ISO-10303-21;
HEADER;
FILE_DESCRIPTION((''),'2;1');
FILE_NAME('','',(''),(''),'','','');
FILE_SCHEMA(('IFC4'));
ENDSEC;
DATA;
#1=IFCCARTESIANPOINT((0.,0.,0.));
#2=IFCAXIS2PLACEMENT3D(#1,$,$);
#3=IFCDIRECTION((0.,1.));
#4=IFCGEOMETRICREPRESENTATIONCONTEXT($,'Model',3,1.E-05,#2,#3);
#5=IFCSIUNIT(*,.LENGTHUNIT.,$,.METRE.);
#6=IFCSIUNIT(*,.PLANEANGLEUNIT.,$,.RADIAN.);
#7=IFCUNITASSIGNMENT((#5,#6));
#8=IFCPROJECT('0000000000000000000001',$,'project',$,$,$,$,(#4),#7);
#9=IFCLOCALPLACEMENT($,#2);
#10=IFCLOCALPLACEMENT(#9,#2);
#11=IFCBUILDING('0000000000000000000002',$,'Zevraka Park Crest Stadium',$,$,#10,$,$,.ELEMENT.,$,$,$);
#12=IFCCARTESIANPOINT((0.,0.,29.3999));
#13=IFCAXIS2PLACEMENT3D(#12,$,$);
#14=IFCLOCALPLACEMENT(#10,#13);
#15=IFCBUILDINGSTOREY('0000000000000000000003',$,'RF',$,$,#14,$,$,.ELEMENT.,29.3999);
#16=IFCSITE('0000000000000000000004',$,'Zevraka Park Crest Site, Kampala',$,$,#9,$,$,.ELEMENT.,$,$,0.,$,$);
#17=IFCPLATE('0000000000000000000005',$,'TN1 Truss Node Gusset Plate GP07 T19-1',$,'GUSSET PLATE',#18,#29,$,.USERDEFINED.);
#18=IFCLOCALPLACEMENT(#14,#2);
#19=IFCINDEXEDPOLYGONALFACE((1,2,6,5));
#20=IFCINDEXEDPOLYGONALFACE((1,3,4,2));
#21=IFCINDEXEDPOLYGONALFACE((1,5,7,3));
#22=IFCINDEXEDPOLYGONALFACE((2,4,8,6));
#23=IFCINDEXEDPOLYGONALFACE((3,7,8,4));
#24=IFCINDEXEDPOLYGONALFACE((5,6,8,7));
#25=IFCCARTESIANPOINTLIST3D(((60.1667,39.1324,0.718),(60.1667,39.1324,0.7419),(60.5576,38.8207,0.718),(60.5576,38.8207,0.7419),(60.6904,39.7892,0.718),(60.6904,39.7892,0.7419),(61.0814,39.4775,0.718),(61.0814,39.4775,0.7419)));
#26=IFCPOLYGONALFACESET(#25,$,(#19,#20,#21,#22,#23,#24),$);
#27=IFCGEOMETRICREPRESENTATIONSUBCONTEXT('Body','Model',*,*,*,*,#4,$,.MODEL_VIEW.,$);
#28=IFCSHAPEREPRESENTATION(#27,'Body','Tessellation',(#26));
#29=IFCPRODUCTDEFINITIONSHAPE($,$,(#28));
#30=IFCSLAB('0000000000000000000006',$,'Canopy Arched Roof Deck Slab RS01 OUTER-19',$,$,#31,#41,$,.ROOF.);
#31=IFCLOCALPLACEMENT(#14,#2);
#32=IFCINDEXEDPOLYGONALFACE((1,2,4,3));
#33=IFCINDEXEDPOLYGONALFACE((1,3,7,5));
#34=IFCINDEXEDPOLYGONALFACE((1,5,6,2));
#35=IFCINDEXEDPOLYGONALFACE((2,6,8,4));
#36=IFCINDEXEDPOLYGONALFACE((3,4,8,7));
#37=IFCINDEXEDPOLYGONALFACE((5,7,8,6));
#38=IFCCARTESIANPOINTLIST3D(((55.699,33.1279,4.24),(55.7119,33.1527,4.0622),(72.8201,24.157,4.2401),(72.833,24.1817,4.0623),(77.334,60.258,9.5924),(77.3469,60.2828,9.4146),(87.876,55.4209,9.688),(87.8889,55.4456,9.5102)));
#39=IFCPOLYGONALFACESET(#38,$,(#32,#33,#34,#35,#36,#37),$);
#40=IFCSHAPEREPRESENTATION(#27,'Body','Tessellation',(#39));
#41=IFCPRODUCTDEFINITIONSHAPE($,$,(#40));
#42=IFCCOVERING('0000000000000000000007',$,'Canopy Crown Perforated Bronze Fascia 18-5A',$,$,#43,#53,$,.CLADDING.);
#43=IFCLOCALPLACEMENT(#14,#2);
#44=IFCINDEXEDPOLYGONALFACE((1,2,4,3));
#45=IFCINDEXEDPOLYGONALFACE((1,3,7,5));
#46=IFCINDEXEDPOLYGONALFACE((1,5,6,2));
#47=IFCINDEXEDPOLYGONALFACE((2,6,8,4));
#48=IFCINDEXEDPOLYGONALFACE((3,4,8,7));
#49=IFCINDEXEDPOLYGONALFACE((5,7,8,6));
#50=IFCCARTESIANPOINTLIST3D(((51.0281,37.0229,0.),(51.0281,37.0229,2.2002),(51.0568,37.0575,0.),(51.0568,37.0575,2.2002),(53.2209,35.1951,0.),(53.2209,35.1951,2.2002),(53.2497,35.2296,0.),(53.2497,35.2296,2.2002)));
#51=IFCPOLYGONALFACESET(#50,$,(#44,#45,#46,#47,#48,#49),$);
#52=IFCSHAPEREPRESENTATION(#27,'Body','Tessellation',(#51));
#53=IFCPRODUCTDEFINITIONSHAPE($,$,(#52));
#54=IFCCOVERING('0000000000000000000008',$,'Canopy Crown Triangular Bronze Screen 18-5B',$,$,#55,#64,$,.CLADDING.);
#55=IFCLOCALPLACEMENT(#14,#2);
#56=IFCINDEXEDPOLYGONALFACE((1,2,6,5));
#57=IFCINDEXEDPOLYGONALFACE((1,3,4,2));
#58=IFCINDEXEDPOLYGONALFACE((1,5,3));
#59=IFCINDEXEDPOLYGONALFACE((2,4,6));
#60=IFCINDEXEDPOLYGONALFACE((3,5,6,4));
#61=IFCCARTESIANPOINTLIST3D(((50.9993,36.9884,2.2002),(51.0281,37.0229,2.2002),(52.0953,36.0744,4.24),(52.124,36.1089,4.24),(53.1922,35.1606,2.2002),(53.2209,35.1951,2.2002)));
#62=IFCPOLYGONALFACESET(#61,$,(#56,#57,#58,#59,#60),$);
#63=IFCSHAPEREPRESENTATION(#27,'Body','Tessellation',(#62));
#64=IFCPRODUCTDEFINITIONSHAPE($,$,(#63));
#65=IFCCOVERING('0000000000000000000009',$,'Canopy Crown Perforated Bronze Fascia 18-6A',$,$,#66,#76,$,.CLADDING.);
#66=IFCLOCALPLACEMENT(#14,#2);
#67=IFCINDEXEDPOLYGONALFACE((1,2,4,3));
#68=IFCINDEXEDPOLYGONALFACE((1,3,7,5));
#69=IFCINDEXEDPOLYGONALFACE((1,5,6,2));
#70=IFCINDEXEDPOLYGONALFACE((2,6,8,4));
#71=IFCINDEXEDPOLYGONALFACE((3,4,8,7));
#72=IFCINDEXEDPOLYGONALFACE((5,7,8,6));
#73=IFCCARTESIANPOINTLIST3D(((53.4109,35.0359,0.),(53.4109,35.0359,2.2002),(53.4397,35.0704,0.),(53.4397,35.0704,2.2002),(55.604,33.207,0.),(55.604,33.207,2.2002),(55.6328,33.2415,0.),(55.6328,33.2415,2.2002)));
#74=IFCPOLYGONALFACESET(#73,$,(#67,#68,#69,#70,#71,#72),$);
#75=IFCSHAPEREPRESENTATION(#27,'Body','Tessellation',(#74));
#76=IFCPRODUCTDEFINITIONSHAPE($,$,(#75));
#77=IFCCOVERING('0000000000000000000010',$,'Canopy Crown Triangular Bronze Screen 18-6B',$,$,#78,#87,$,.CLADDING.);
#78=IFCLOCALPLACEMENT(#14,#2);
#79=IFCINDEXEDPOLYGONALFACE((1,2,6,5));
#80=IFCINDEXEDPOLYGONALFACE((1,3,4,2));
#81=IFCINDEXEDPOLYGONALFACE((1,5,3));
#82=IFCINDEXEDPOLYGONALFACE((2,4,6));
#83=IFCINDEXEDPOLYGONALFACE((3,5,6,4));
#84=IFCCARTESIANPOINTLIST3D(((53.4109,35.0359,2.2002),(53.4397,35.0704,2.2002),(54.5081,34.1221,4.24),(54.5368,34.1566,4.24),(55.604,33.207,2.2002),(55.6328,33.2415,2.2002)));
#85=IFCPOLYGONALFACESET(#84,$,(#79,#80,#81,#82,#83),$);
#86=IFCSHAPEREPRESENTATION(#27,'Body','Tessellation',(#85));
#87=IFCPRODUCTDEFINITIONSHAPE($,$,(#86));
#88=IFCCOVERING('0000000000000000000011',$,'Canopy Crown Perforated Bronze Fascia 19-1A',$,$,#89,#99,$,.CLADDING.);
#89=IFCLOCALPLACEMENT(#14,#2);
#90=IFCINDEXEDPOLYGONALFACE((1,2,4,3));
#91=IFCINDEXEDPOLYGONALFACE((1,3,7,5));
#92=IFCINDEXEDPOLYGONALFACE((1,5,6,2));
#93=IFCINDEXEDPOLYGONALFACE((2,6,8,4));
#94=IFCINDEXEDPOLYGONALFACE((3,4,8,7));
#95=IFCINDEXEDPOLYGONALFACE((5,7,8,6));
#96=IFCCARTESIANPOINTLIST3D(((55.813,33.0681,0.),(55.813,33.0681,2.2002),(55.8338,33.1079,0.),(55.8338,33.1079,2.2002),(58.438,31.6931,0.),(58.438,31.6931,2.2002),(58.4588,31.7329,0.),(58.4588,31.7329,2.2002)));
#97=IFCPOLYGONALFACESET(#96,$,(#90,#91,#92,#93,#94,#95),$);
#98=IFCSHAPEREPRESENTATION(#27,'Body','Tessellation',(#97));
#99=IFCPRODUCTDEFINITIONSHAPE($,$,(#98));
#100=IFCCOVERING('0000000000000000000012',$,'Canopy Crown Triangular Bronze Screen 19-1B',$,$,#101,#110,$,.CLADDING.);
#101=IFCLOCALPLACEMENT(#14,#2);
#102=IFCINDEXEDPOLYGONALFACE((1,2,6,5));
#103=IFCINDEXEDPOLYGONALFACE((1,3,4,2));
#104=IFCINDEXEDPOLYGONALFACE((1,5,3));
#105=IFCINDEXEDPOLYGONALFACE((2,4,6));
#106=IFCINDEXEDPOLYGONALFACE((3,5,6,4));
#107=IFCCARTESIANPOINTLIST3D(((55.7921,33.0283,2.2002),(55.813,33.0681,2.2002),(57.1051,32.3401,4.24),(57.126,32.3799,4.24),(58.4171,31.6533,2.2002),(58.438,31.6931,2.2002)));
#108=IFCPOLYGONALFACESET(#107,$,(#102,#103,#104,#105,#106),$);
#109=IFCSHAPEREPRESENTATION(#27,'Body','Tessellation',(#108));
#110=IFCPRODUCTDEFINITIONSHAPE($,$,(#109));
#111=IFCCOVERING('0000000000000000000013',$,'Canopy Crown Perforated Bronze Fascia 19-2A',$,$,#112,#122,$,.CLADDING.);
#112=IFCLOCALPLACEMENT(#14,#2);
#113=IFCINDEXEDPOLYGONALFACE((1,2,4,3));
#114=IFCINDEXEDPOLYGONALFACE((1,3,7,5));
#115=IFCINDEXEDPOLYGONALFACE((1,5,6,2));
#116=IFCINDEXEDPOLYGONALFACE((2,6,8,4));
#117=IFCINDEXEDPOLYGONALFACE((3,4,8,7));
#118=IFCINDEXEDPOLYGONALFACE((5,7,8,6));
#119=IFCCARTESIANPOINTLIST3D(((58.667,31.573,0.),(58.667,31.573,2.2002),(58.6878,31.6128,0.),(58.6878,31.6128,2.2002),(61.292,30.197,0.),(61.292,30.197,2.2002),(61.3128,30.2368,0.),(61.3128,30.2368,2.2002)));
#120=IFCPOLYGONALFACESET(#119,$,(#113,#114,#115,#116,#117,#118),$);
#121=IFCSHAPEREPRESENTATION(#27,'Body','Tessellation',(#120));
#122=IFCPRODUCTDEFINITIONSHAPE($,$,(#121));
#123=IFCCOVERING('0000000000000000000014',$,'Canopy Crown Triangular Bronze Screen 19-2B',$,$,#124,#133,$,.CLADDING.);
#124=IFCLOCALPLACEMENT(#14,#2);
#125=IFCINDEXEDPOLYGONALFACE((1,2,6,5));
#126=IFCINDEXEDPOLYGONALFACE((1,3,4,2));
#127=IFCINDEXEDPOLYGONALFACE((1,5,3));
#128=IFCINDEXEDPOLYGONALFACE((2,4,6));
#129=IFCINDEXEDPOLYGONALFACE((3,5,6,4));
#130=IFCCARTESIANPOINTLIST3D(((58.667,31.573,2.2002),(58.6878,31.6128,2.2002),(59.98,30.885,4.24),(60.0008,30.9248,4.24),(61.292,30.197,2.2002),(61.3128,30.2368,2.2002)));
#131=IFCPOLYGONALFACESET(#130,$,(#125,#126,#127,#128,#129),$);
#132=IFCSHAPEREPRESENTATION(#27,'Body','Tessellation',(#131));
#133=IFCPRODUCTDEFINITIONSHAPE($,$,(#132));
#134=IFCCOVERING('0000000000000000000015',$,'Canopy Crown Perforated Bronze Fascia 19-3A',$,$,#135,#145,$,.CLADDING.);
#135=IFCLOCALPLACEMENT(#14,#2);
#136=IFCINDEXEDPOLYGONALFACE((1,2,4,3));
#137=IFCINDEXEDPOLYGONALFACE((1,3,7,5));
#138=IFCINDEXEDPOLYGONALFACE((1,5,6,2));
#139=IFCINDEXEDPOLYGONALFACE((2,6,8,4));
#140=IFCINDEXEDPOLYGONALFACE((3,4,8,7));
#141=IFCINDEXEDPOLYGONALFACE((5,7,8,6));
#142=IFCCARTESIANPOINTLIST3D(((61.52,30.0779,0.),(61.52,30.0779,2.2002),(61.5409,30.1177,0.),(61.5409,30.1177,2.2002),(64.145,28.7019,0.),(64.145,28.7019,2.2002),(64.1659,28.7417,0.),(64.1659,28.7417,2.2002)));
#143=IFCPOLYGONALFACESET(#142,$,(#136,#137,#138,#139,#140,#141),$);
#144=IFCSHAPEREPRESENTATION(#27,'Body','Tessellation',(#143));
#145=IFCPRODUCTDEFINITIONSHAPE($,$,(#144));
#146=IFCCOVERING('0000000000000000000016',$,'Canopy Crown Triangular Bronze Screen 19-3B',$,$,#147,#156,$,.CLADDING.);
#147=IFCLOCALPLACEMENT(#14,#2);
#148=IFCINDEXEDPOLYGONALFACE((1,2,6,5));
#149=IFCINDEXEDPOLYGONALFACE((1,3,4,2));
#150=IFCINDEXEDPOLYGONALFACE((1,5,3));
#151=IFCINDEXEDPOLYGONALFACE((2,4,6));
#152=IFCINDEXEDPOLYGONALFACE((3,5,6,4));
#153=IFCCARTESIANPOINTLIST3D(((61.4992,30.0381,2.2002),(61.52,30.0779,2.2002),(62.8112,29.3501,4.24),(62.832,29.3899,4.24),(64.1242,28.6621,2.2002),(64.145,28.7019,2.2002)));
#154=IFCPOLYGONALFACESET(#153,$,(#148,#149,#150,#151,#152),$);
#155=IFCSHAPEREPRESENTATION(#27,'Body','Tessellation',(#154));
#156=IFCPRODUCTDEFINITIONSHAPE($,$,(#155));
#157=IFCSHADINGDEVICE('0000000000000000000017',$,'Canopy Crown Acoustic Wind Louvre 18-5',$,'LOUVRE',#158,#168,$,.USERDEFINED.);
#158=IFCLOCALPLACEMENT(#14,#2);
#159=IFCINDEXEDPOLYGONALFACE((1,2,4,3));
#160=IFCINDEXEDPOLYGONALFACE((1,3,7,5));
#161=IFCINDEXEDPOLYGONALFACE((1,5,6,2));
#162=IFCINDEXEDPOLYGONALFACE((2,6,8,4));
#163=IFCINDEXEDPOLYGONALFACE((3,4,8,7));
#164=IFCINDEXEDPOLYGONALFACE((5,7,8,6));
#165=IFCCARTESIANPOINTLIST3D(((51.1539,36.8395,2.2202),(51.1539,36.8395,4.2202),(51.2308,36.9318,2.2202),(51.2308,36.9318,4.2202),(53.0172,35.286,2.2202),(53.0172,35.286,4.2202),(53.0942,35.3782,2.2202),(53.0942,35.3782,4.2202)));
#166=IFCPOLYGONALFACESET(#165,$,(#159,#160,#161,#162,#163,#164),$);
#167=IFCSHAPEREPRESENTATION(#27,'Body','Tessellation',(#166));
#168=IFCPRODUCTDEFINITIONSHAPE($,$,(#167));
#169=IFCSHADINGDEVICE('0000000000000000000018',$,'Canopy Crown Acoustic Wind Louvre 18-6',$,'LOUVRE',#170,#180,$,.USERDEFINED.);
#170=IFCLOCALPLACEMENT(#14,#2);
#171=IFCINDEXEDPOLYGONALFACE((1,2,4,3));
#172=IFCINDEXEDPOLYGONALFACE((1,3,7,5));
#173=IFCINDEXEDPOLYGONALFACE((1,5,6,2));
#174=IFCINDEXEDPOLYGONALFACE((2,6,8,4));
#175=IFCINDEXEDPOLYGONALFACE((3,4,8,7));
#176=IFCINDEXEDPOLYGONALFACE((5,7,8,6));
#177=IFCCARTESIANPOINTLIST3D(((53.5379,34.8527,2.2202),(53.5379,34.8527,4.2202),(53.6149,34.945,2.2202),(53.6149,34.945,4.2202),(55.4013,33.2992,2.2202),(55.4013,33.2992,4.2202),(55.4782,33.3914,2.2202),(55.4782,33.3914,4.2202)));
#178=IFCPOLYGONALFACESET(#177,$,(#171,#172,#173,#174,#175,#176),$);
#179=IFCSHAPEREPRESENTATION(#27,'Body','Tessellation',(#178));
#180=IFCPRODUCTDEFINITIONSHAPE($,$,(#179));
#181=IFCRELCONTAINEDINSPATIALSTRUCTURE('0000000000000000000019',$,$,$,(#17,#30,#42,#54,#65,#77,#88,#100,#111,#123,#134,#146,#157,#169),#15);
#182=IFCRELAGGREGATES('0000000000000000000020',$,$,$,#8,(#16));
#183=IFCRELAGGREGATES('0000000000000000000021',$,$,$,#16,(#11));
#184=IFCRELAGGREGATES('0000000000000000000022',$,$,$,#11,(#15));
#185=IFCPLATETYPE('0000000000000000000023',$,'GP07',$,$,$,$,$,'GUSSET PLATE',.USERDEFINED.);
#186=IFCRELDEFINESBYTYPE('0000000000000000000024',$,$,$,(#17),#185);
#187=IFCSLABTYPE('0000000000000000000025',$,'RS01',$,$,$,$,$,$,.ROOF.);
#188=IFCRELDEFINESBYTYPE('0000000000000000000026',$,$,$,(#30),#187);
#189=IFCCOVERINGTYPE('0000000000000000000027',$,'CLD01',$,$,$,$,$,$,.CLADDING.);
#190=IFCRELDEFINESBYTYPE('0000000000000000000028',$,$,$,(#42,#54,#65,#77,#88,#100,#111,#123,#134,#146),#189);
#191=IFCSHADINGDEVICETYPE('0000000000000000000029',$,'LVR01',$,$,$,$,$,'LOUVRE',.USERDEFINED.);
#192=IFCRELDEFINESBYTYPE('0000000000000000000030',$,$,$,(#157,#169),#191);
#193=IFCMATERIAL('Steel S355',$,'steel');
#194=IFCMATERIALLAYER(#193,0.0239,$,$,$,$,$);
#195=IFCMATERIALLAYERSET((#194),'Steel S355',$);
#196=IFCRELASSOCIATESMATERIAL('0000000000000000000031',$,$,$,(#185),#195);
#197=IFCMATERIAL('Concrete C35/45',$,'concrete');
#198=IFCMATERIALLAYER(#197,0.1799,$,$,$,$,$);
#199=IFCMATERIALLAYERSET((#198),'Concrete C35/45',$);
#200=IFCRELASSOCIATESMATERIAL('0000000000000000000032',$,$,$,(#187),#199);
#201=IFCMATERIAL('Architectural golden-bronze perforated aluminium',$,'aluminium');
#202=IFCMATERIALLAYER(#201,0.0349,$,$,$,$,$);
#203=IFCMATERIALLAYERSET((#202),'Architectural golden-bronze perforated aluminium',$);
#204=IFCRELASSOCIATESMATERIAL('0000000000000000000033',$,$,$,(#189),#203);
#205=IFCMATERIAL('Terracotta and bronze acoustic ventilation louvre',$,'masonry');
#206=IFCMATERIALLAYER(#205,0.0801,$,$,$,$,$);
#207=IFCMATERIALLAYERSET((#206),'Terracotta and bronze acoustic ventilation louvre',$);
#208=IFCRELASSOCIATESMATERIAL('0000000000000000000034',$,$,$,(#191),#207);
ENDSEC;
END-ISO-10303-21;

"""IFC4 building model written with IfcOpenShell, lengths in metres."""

from ifc_helpers import new_model, si_unit, direction, frame, origin, origin_2d, place, context, subcontext, project, spatial, polyline, rectangle, outline, extrude, material, layer, layer_set, type_object, element, save


model = new_model("IFC4")

# Units and contexts
model_context = context("Model", 3, precision=1e-05, world=origin(), true_north=direction((0.0, 1.0)))
body_context = subcontext(model_context, "Body", "Model", "MODEL_VIEW")
ifc_project = project(units=[si_unit("LENGTHUNIT", "METRE"), si_unit("PLANEANGLEUNIT", "RADIAN")], contexts=[model_context])

# Site, building, storey
site_placement = place(None, origin())
site = spatial("IfcSite", under=ifc_project, at=site_placement, Name="Zevraka Park Crest Site, Kampala", CompositionType="ELEMENT", RefElevation=0.0)
building_placement = place(site_placement, origin())
building = spatial("IfcBuilding", under=site, at=building_placement, Name="Zevraka Park Crest Stadium", CompositionType="ELEMENT")
storey_placement = place(building_placement, frame((0.0, 0.0, 29.3999)))
storey = spatial("IfcBuildingStorey", under=building, at=storey_placement, Name="RF", CompositionType="ELEMENT", Elevation=29.3999)

# Plate
ifc_material_1 = material(Name="Steel S355", Category="steel")
ifc_layer_1 = layer(ifc_material_1, 0.0239)
ifc_layer_set_1 = layer_set([ifc_layer_1], Name="Steel S355")
plate_type_1 = type_object("IfcPlateType", Name="GP07", ElementType="GUSSET PLATE", PredefinedType="USERDEFINED", material=ifc_layer_set_1)
plate_1_placement = place(storey_placement, frame((60.624, 39.3049, 0.718), z_axis=(0.0, 0.0, 1.0), x_axis=(0.62347, 0.781847, 0.0)))
element("IfcPlate", 1, at=plate_1_placement, inside=storey, type_object=plate_type_1, Name="TN1 Truss Node Gusset Plate GP07 T19-1", ObjectType="GUSSET PLATE", PredefinedType="USERDEFINED", context=body_context, shape_type="SweptSolid", body=[
    extrude(rectangle(XDim=0.8401, YDim=0.5, at=origin_2d()), origin(), (0.0, 0.0, 1.0), 0.0239),
])

# Slab
ifc_material_2 = material(Name="Concrete C35/45", Category="concrete")
ifc_layer_2 = layer(ifc_material_2, 0.1799)
ifc_layer_set_2 = layer_set([ifc_layer_2], Name="Concrete C35/45")
slab_type = type_object("IfcSlabType", Name="RS01", PredefinedType="ROOF", material=ifc_layer_set_2)
slab_placement = place(storey_placement, frame((55.699, 33.1279, 4.24), z_axis=(-0.072029, -0.137456, 0.987885), x_axis=(0.885773, -0.46412, 0.000006)))
element("IfcSlab", 2, at=slab_placement, inside=storey, type_object=slab_type, Name="Canopy Arched Roof Deck Slab RS01 OUTER-19", PredefinedType="ROOF", context=body_context, shape_type="SweptSolid", body=[
    extrude(outline(polyline([(0.0, 0.0), (19.329, 0.0), (18.1549, 35.1058), (6.5721, 34.4902), (0.0, 0.0)])), origin(), (0.0, 0.0, -1.0), 0.1799),
])

# Coverings
ifc_material_3 = material(Name="Architectural golden-bronze perforated aluminium", Category="aluminium")
ifc_layer_3 = layer(ifc_material_3, 0.0349)
ifc_layer_set_3 = layer_set([ifc_layer_3], Name="Architectural golden-bronze perforated aluminium")
covering_type_1 = type_object("IfcCoveringType", Name="CLD01", PredefinedType="CLADDING", material=ifc_layer_set_3)
covering_1_placement = place(storey_placement, frame((51.0281, 37.0229, 0.0), z_axis=(-0.640285, -0.768137, 0.0), x_axis=(0.768137, -0.640285, 0.0)))
element("IfcCovering", 3, at=covering_1_placement, inside=storey, type_object=covering_type_1, Name="Canopy Crown Perforated Bronze Fascia 18-5A", PredefinedType="CLADDING", context=body_context, shape_type="SweptSolid", body=[
    extrude(outline(polyline([(0.0, 0.0), (2.8548, 0.0), (2.8548, 2.2002), (0.0, 2.2002), (0.0, 0.0)])), origin(), (0.0, 0.0, -1.0), 0.0449),
])
covering_2_placement = place(storey_placement, frame((51.0281, 37.0229, 2.2002), z_axis=(0.640285, 0.768137, 0.000199), x_axis=(0.768137, -0.640285, 0.0)))
element("IfcCovering", 4, at=covering_2_placement, inside=storey, type_object=covering_type_1, Name="Canopy Crown Triangular Bronze Screen 18-5B", PredefinedType="CLADDING", context=body_context, shape_type="SweptSolid", body=[
    extrude(outline(polyline([(0.0, 0.0), (2.8548, 0.0), (1.4271, -2.0398), (0.0, 0.0)])), origin(), (0.0, 0.0, -1.0), 0.0449),
])
covering_3_placement = place(storey_placement, frame((53.4109, 35.0359, 0.0), z_axis=(-0.640445, -0.768004, 0.0), x_axis=(0.768004, -0.640445, 0.0)))
element("IfcCovering", 5, at=covering_3_placement, inside=storey, type_object=covering_type_1, Name="Canopy Crown Perforated Bronze Fascia 18-6A", PredefinedType="CLADDING", context=body_context, shape_type="SweptSolid", body=[
    extrude(outline(polyline([(0.0, 0.0), (2.8556, 0.0), (2.8556, 2.2002), (0.0, 2.2002), (0.0, 0.0)])), origin(), (0.0, 0.0, -1.0), 0.0449),
])
covering_4_placement = place(storey_placement, frame((53.4109, 35.0359, 2.2002), z_axis=(-0.640445, -0.768004, 0.000421), x_axis=(0.768004, -0.640445, 0.0)))
element("IfcCovering", 6, at=covering_4_placement, inside=storey, type_object=covering_type_1, Name="Canopy Crown Triangular Bronze Screen 18-6B", PredefinedType="CLADDING", context=body_context, shape_type="SweptSolid", body=[
    extrude(outline(polyline([(0.0, 0.0), (2.8556, 0.0), (1.4279, 2.0398), (0.0, 0.0)])), origin(), (0.0, 0.0, -1.0), 0.0449),
])
covering_5_placement = place(storey_placement, frame((55.813, 33.0681, 0.0), z_axis=(-0.464007, -0.885832, 0.0), x_axis=(0.885832, -0.464007, 0.0)))
element("IfcCovering", 7, at=covering_5_placement, inside=storey, type_object=covering_type_1, Name="Canopy Crown Perforated Bronze Fascia 19-1A", PredefinedType="CLADDING", context=body_context, shape_type="SweptSolid", body=[
    extrude(outline(polyline([(0.0, 0.0), (2.9633, 0.0), (2.9633, 2.2002), (0.0, 2.2002), (0.0, 0.0)])), origin(), (0.0, 0.0, -1.0), 0.0449),
])
covering_6_placement = place(storey_placement, frame((55.813, 33.0681, 2.2002), z_axis=(0.464007, 0.885832, 0.000207), x_axis=(0.885832, -0.464007, 0.0)))
element("IfcCovering", 8, at=covering_6_placement, inside=storey, type_object=covering_type_1, Name="Canopy Crown Triangular Bronze Screen 19-1B", PredefinedType="CLADDING", context=body_context, shape_type="SweptSolid", body=[
    extrude(outline(polyline([(0.0, 0.0), (2.9633, 0.0), (1.4824, -2.0398), (0.0, 0.0)])), origin(), (0.0, 0.0, -1.0), 0.0449),
])
covering_7_placement = place(storey_placement, frame((58.667, 31.573, 0.0), z_axis=(-0.464266, -0.885696, 0.0), x_axis=(0.885696, -0.464266, 0.0)))
element("IfcCovering", 9, at=covering_7_placement, inside=storey, type_object=covering_type_1, Name="Canopy Crown Perforated Bronze Fascia 19-2A", PredefinedType="CLADDING", context=body_context, shape_type="SweptSolid", body=[
    extrude(outline(polyline([(0.0, 0.0), (2.9638, 0.0), (2.9638, 2.2002), (0.0, 2.2002), (0.0, 0.0)])), origin(), (0.0, 0.0, -1.0), 0.0449),
])
covering_8_placement = place(storey_placement, frame((58.667, 31.573, 2.2002), z_axis=(-0.464266, -0.885696, 0.000111), x_axis=(0.885696, -0.464266, 0.0)))
element("IfcCovering", 10, at=covering_8_placement, inside=storey, type_object=covering_type_1, Name="Canopy Crown Triangular Bronze Screen 19-2B", PredefinedType="CLADDING", context=body_context, shape_type="SweptSolid", body=[
    extrude(outline(polyline([(0.0, 0.0), (2.9638, 0.0), (1.4823, 2.0398), (0.0, 0.0)])), origin(), (0.0, 0.0, -1.0), 0.0449),
])
covering_9_placement = place(storey_placement, frame((61.52, 30.0779, 0.0), z_axis=(-0.464266, -0.885696, 0.0), x_axis=(0.885696, -0.464266, 0.0)))
element("IfcCovering", 11, at=covering_9_placement, inside=storey, type_object=covering_type_1, Name="Canopy Crown Perforated Bronze Fascia 19-3A", PredefinedType="CLADDING", context=body_context, shape_type="SweptSolid", body=[
    extrude(outline(polyline([(0.0, 0.0), (2.9638, 0.0), (2.9638, 2.2002), (0.0, 2.2002), (0.0, 0.0)])), origin(), (0.0, 0.0, -1.0), 0.0449),
])
covering_10_placement = place(storey_placement, frame((61.52, 30.0779, 2.2002), z_axis=(0.464266, 0.885696, 0.000111), x_axis=(0.885696, -0.464266, 0.0)))
element("IfcCovering", 12, at=covering_10_placement, inside=storey, type_object=covering_type_1, Name="Canopy Crown Triangular Bronze Screen 19-3B", PredefinedType="CLADDING", context=body_context, shape_type="SweptSolid", body=[
    extrude(outline(polyline([(0.0, 0.0), (2.9638, 0.0), (1.4815, -2.0398), (0.0, 0.0)])), origin(), (0.0, 0.0, -1.0), 0.0449),
])

# Shading devices
ifc_material_4 = material(Name="Terracotta and bronze acoustic ventilation louvre", Category="masonry")
ifc_layer_4 = layer(ifc_material_4, 0.0801)
ifc_layer_set_4 = layer_set([ifc_layer_4], Name="Terracotta and bronze acoustic ventilation louvre")
shading_device_type = type_object("IfcShadingDeviceType", Name="LVR01", ElementType="LOUVRE", PredefinedType="USERDEFINED", material=ifc_layer_set_4)
for number, where, z_axis, x_axis, name in (
    (13, (52.124, 36.1089, 2.2202), (0.0, 0.0, 1.0), (0.76806, -0.640378, 0.0), "Canopy Crown Acoustic Wind Louvre 18-5"),
    (14, (54.5081, 34.1221, 2.2202), (0.0, 0.0, 1.0), (0.76806, -0.640378, 0.0), "Canopy Crown Acoustic Wind Louvre 18-6"),
):
    element("IfcShadingDevice", number, at=place(storey_placement, frame(where, z_axis=z_axis, x_axis=x_axis)), inside=storey, type_object=shading_device_type, Name=name, ObjectType="LOUVRE", PredefinedType="USERDEFINED", context=body_context, shape_type="SweptSolid", body=[
        extrude(rectangle(XDim=2.426, YDim=0.1201, at=origin_2d()), origin(), (0.0, 0.0, 1.0), 2.0),
    ])

save(model, "model.ifc")
